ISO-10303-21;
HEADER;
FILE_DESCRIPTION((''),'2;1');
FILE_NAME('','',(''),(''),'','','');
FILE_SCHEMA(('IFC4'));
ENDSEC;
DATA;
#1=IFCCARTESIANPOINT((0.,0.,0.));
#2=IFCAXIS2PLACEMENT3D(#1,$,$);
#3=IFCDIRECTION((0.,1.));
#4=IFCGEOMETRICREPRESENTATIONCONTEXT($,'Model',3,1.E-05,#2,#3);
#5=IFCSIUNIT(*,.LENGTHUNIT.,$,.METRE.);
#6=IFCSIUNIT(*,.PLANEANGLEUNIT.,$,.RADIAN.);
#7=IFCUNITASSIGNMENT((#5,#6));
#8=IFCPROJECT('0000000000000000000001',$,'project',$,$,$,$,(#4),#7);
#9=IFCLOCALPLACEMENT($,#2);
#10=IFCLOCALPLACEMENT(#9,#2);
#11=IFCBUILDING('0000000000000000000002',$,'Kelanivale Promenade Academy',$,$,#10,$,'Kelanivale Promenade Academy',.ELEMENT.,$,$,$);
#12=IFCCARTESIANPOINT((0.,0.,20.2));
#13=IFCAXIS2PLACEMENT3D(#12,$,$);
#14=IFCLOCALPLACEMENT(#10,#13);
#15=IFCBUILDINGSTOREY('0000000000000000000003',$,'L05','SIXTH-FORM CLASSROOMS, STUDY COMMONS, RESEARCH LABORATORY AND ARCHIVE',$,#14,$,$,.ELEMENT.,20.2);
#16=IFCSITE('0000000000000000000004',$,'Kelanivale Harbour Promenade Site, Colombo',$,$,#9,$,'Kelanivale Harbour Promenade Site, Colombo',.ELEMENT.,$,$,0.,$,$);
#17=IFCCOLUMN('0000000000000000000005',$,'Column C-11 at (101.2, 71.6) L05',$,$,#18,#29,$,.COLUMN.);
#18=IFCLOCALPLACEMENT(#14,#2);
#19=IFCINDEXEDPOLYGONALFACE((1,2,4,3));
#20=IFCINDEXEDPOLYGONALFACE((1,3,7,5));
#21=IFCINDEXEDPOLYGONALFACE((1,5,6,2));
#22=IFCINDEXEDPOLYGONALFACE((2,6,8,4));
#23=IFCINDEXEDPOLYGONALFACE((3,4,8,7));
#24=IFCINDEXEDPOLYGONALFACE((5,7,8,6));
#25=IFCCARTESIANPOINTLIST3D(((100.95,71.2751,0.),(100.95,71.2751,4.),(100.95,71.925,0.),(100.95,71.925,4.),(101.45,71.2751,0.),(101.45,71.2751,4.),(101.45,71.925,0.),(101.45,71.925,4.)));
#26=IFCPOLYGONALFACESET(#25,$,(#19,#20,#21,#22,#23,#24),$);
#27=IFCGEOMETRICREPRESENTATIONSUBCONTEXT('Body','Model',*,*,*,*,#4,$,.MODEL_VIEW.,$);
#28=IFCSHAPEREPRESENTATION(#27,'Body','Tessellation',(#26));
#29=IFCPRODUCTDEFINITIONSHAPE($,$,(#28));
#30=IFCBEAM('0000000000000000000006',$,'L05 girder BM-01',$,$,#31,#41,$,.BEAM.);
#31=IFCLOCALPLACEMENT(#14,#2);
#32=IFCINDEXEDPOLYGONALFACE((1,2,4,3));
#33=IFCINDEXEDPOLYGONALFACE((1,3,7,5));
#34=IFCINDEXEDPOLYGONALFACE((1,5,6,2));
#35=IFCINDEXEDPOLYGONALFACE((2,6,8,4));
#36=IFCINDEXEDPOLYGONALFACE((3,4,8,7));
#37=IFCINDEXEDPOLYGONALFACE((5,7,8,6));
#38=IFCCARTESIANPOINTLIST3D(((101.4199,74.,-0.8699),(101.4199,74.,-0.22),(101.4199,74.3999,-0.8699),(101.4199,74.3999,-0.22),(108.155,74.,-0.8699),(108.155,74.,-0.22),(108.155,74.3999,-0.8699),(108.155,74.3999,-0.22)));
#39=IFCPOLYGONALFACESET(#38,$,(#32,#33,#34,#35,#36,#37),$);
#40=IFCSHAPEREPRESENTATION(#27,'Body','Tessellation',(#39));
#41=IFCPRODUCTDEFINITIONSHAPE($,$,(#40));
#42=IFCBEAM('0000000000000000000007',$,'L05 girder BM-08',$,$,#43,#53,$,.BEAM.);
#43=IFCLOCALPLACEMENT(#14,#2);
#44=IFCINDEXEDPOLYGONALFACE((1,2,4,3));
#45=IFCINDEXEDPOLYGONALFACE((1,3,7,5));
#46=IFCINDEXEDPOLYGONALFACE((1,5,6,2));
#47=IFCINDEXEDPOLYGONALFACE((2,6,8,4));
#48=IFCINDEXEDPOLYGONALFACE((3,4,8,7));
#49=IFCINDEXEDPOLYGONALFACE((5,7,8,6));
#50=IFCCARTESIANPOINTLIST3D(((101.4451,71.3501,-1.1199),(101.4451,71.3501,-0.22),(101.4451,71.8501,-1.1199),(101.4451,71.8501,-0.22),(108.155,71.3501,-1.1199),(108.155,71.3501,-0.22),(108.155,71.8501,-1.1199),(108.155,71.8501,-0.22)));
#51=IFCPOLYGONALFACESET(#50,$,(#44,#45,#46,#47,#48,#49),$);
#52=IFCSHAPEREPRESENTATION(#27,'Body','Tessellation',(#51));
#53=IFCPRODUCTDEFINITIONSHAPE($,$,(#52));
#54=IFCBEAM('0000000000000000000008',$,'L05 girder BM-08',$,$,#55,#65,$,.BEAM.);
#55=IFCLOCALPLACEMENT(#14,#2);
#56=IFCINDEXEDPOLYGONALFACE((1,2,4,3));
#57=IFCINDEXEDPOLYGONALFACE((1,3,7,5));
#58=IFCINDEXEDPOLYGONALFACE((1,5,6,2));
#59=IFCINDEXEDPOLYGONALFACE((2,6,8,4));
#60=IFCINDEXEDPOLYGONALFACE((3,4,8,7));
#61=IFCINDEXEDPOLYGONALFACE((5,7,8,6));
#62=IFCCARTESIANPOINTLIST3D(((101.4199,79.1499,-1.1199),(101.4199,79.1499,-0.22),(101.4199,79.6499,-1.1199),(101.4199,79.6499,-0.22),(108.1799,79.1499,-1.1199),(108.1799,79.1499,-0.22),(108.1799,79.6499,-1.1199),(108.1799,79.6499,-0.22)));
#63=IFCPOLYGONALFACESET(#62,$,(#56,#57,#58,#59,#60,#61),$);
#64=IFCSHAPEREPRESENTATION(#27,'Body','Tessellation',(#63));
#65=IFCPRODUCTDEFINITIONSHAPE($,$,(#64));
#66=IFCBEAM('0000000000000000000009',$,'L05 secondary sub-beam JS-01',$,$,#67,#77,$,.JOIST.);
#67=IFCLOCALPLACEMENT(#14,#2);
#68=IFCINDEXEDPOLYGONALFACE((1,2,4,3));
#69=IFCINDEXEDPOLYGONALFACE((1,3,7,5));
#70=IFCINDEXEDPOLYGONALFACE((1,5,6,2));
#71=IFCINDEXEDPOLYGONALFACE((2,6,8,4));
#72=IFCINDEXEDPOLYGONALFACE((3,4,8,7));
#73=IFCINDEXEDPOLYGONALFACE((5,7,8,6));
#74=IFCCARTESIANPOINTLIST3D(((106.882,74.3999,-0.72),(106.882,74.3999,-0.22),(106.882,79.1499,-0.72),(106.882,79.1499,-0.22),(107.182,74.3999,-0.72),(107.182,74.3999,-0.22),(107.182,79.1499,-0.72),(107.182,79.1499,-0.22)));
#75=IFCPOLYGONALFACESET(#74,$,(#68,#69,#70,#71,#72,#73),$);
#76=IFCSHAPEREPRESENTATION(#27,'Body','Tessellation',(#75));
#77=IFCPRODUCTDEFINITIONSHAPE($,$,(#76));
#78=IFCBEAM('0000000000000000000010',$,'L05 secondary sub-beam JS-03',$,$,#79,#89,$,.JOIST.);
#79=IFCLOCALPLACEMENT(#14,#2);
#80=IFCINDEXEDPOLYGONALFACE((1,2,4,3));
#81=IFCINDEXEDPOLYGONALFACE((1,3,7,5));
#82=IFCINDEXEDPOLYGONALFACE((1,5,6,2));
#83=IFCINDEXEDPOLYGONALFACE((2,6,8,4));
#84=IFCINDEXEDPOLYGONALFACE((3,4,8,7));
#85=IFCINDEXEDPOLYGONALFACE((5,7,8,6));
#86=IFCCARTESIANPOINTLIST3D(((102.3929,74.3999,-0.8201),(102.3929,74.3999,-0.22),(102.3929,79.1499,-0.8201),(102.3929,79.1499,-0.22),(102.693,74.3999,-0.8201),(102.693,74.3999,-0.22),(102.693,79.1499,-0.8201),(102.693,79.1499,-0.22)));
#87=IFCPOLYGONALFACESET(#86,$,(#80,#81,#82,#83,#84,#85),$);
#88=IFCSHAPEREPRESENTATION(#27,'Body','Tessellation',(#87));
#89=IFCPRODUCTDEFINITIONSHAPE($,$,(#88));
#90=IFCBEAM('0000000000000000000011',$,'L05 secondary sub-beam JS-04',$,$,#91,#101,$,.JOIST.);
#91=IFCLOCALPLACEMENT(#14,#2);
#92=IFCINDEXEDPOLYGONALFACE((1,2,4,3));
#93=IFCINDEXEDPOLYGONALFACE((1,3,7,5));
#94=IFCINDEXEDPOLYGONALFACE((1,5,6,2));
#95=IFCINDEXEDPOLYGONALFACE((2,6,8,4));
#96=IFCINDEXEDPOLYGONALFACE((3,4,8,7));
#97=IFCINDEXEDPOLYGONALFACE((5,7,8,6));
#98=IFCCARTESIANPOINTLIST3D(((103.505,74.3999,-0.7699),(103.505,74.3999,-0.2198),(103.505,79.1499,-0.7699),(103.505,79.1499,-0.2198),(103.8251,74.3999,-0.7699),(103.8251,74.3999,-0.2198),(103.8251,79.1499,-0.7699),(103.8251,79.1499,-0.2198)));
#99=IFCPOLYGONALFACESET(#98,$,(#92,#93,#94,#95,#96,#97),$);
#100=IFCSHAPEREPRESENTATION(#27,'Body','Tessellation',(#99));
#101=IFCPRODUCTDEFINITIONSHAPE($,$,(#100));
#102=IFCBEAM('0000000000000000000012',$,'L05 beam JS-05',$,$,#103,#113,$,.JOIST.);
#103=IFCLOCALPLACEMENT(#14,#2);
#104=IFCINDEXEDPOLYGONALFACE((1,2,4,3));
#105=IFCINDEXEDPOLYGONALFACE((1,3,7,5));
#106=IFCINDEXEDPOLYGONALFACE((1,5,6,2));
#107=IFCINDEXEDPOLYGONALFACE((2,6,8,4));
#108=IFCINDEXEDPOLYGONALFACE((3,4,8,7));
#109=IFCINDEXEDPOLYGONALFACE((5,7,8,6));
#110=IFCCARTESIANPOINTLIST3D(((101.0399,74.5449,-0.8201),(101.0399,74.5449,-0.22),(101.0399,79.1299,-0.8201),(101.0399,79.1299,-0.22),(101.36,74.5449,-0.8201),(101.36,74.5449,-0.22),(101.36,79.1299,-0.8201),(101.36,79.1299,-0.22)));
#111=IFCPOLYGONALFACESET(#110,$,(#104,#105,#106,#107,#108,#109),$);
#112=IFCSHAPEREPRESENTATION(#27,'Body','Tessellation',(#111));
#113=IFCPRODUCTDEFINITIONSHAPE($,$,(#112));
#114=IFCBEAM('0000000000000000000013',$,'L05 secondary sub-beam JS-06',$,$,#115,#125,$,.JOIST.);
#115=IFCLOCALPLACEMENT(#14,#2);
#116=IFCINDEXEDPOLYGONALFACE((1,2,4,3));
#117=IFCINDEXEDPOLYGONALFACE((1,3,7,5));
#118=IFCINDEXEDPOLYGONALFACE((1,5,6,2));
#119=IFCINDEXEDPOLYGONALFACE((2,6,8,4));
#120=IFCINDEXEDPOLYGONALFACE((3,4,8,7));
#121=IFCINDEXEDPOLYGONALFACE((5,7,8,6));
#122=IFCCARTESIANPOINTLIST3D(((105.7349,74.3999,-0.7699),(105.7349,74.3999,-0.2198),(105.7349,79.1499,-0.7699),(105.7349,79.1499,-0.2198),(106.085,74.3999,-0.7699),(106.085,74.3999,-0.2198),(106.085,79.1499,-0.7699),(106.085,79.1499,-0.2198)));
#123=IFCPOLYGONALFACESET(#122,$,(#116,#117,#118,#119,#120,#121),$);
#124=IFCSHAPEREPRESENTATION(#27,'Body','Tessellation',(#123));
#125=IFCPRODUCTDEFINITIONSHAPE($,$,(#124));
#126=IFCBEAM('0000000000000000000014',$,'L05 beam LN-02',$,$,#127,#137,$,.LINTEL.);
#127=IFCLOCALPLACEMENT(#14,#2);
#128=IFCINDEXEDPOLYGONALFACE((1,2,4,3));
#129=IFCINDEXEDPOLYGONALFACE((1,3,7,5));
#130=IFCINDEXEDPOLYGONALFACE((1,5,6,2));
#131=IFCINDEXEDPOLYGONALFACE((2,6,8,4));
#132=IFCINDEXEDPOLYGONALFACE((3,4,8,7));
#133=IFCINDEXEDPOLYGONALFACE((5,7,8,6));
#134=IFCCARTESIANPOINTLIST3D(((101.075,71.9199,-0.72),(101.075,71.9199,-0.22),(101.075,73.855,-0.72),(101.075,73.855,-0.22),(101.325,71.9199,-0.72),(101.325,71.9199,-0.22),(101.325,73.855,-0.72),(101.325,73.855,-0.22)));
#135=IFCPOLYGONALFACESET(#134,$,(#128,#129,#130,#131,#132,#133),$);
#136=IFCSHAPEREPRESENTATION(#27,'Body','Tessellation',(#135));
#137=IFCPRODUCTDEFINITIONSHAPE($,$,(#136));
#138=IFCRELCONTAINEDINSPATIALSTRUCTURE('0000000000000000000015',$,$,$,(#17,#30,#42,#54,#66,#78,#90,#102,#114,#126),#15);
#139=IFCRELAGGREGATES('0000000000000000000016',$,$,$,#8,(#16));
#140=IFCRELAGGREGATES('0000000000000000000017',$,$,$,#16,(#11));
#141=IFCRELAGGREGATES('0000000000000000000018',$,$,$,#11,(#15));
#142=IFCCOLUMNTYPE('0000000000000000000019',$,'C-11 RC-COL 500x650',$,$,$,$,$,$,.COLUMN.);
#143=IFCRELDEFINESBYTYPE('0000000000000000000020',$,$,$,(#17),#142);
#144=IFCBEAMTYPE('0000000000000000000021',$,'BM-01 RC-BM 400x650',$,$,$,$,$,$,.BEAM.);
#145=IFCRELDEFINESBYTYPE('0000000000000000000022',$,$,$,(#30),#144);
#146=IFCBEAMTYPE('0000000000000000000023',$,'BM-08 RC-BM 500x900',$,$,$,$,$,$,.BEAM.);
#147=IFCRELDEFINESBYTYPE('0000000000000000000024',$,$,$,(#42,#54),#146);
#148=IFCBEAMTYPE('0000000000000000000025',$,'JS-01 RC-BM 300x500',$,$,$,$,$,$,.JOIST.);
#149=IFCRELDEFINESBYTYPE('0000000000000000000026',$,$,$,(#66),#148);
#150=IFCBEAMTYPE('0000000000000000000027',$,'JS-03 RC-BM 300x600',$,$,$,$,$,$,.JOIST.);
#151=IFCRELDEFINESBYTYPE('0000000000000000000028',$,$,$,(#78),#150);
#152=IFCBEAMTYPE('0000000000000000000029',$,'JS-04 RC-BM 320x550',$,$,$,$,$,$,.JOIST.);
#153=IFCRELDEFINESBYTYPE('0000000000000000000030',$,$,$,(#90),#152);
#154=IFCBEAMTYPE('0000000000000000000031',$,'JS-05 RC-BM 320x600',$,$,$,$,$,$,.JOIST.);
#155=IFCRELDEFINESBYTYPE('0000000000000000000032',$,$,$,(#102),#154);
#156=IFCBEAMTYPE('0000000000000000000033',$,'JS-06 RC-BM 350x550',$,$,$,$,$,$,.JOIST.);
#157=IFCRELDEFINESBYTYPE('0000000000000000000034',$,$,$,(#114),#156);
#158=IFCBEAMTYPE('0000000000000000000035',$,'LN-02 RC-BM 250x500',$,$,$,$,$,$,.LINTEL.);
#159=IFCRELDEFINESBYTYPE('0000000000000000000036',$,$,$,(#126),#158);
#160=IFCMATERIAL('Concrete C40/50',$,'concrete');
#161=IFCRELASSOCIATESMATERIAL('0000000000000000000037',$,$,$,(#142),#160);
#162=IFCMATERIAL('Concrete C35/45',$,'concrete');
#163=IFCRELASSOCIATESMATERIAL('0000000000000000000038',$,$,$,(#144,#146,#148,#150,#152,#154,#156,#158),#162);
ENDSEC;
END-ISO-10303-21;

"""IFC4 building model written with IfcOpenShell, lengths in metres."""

from ifc_helpers import new_model, si_unit, direction, frame, origin, origin_2d, place, context, subcontext, project, spatial, rectangle, extrude, material, material_profile, profile_set, type_object, element, save


model = new_model("IFC4")

# Units and contexts
model_context = context("Model", 3, precision=1e-05, world=origin(), true_north=direction((0.0, 1.0)))
body_context = subcontext(model_context, "Body", "Model", "MODEL_VIEW")
ifc_project = project(units=[si_unit("LENGTHUNIT", "METRE"), si_unit("PLANEANGLEUNIT", "RADIAN")], contexts=[model_context])

# Site, building, storey
site_placement = place(None, origin())
site = spatial("IfcSite", under=ifc_project, at=site_placement, Name="Kelanivale Harbour Promenade Site, Colombo", LongName="Kelanivale Harbour Promenade Site, Colombo", CompositionType="ELEMENT", RefElevation=0.0)
building_placement = place(site_placement, origin())
building = spatial("IfcBuilding", under=site, at=building_placement, Name="Kelanivale Promenade Academy", LongName="Kelanivale Promenade Academy", CompositionType="ELEMENT")
storey_placement = place(building_placement, frame((0.0, 0.0, 20.2)))
storey = spatial("IfcBuildingStorey", under=building, at=storey_placement, Name="L05", Description="SIXTH-FORM CLASSROOMS, STUDY COMMONS, RESEARCH LABORATORY AND ARCHIVE", CompositionType="ELEMENT", Elevation=20.2)

# Column
ifc_material_1 = material(Name="Concrete C40/50", Category="concrete")
ifc_material_profile_1 = material_profile(ifc_material_1, rectangle(XDim=0.5, YDim=0.6499, at=origin_2d()), Name="RC-COL 500x650")
ifc_profile_set_1 = profile_set([ifc_material_profile_1], Name="Concrete C40/50")
column_type = type_object("IfcColumnType", Name="C-11 RC-COL 500x650", PredefinedType="COLUMN", material=ifc_profile_set_1)
column_placement = place(storey_placement, frame((101.2, 71.6001, 0.0), z_axis=(0.0, 0.0, 1.0), x_axis=(1.0, 0.0, 0.0)))
element("IfcColumn", 1, at=column_placement, inside=storey, type_object=column_type, Name="Column C-11 at (101.2, 71.6) L05", PredefinedType="COLUMN", context=body_context, shape_type="SweptSolid", body=[
    extrude(rectangle(XDim=0.5, YDim=0.6499, at=origin_2d()), origin(), (0.0, 0.0, 1.0), 4.0),
])

# Beams
ifc_material_2 = material(Name="Concrete C35/45", Category="concrete")
ifc_material_profile_2 = material_profile(ifc_material_2, rectangle(XDim=0.3999, YDim=0.6499, at=origin_2d()), Name="RC-BM 400x650")
ifc_profile_set_2 = profile_set([ifc_material_profile_2], Name="Concrete C35/45")
beam_type_1 = type_object("IfcBeamType", Name="BM-01 RC-BM 400x650", PredefinedType="BEAM", material=ifc_profile_set_2)
beam_1_placement = place(storey_placement, frame((101.4199, 74.2, -0.5449), z_axis=(1.0, 0.0, 0.0), x_axis=(0.0, 1.0, 0.0)))
element("IfcBeam", 2, at=beam_1_placement, inside=storey, type_object=beam_type_1, Name="L05 girder BM-01", PredefinedType="BEAM", context=body_context, shape_type="SweptSolid", body=[
    extrude(rectangle(XDim=0.3999, YDim=0.6499, at=origin_2d()), origin(), (0.0, 0.0, 1.0), 6.7351),
])
ifc_material_profile_3 = material_profile(ifc_material_2, rectangle(XDim=0.5, YDim=0.8999, at=origin_2d()), Name="RC-BM 500x900")
ifc_profile_set_3 = profile_set([ifc_material_profile_3], Name="Concrete C35/45")
beam_type_2 = type_object("IfcBeamType", Name="BM-08 RC-BM 500x900", PredefinedType="BEAM", material=ifc_profile_set_3)
beam_2_placement = place(storey_placement, frame((101.4451, 71.6001, -0.6699), z_axis=(1.0, 0.0, 0.0), x_axis=(0.0, 1.0, 0.0)))
element("IfcBeam", 3, at=beam_2_placement, inside=storey, type_object=beam_type_2, Name="L05 girder BM-08", PredefinedType="BEAM", context=body_context, shape_type="SweptSolid", body=[
    extrude(rectangle(XDim=0.5, YDim=0.8999, at=origin_2d()), origin(), (0.0, 0.0, 1.0), 6.71),
])
beam_3_placement = place(storey_placement, frame((101.4199, 79.3999, -0.6699), z_axis=(1.0, 0.0, 0.0), x_axis=(0.0, 1.0, 0.0)))
element("IfcBeam", 4, at=beam_3_placement, inside=storey, type_object=beam_type_2, Name="L05 girder BM-08", PredefinedType="BEAM", context=body_context, shape_type="SweptSolid", body=[
    extrude(rectangle(XDim=0.5, YDim=0.8999, at=origin_2d()), origin(), (0.0, 0.0, 1.0), 6.76),
])
ifc_material_profile_4 = material_profile(ifc_material_2, rectangle(XDim=0.3, YDim=0.5, at=origin_2d()), Name="RC-BM 300x500")
ifc_profile_set_4 = profile_set([ifc_material_profile_4], Name="Concrete C35/45")
beam_type_3 = type_object("IfcBeamType", Name="JS-01 RC-BM 300x500", PredefinedType="JOIST", material=ifc_profile_set_4)
beam_4_placement = place(storey_placement, frame((107.032, 74.3999, -0.47), z_axis=(0.0, 1.0, 0.0), x_axis=(-1.0, 0.0, 0.0)))
element("IfcBeam", 5, at=beam_4_placement, inside=storey, type_object=beam_type_3, Name="L05 secondary sub-beam JS-01", PredefinedType="JOIST", context=body_context, shape_type="SweptSolid", body=[
    extrude(rectangle(XDim=0.3, YDim=0.5, at=origin_2d()), origin(), (0.0, 0.0, 1.0), 4.75),
])
ifc_material_profile_5 = material_profile(ifc_material_2, rectangle(XDim=0.3, YDim=0.6001, at=origin_2d()), Name="RC-BM 300x600")
ifc_profile_set_5 = profile_set([ifc_material_profile_5], Name="Concrete C35/45")
beam_type_4 = type_object("IfcBeamType", Name="JS-03 RC-BM 300x600", PredefinedType="JOIST", material=ifc_profile_set_5)
beam_5_placement = place(storey_placement, frame((102.543, 74.3999, -0.52), z_axis=(0.0, 1.0, 0.0), x_axis=(-1.0, 0.0, 0.0)))
element("IfcBeam", 6, at=beam_5_placement, inside=storey, type_object=beam_type_4, Name="L05 secondary sub-beam JS-03", PredefinedType="JOIST", context=body_context, shape_type="SweptSolid", body=[
    extrude(rectangle(XDim=0.3, YDim=0.6001, at=origin_2d()), origin(), (0.0, 0.0, 1.0), 4.75),
])
ifc_material_profile_6 = material_profile(ifc_material_2, rectangle(XDim=0.3201, YDim=0.55, at=origin_2d()), Name="RC-BM 320x550")
ifc_profile_set_6 = profile_set([ifc_material_profile_6], Name="Concrete C35/45")
beam_type_5 = type_object("IfcBeamType", Name="JS-04 RC-BM 320x550", PredefinedType="JOIST", material=ifc_profile_set_6)
beam_6_placement = place(storey_placement, frame((103.665, 74.3999, -0.4949), z_axis=(0.0, 1.0, 0.0), x_axis=(-1.0, 0.0, 0.0)))
element("IfcBeam", 7, at=beam_6_placement, inside=storey, type_object=beam_type_5, Name="L05 secondary sub-beam JS-04", PredefinedType="JOIST", context=body_context, shape_type="SweptSolid", body=[
    extrude(rectangle(XDim=0.3201, YDim=0.55, at=origin_2d()), origin(), (0.0, 0.0, 1.0), 4.75),
])
ifc_material_profile_7 = material_profile(ifc_material_2, rectangle(XDim=0.3201, YDim=0.6001, at=origin_2d()), Name="RC-BM 320x600")
ifc_profile_set_7 = profile_set([ifc_material_profile_7], Name="Concrete C35/45")
beam_type_6 = type_object("IfcBeamType", Name="JS-05 RC-BM 320x600", PredefinedType="JOIST", material=ifc_profile_set_7)
beam_7_placement = place(storey_placement, frame((101.2, 74.5449, -0.52), z_axis=(0.0, 1.0, 0.0), x_axis=(-1.0, 0.0, 0.0)))
element("IfcBeam", 8, at=beam_7_placement, inside=storey, type_object=beam_type_6, Name="L05 beam JS-05", PredefinedType="JOIST", context=body_context, shape_type="SweptSolid", body=[
    extrude(rectangle(XDim=0.3201, YDim=0.6001, at=origin_2d()), origin(), (0.0, 0.0, 1.0), 4.585),
])
ifc_material_profile_8 = material_profile(ifc_material_2, rectangle(XDim=0.3501, YDim=0.55, at=origin_2d()), Name="RC-BM 350x550")
ifc_profile_set_8 = profile_set([ifc_material_profile_8], Name="Concrete C35/45")
beam_type_7 = type_object("IfcBeamType", Name="JS-06 RC-BM 350x550", PredefinedType="JOIST", material=ifc_profile_set_8)
beam_8_placement = place(storey_placement, frame((105.9099, 74.3999, -0.4949), z_axis=(0.0, 1.0, 0.0), x_axis=(-1.0, 0.0, 0.0)))
element("IfcBeam", 9, at=beam_8_placement, inside=storey, type_object=beam_type_7, Name="L05 secondary sub-beam JS-06", PredefinedType="JOIST", context=body_context, shape_type="SweptSolid", body=[
    extrude(rectangle(XDim=0.3501, YDim=0.55, at=origin_2d()), origin(), (0.0, 0.0, 1.0), 4.75),
])
ifc_material_profile_9 = material_profile(ifc_material_2, rectangle(XDim=0.25, YDim=0.5, at=origin_2d()), Name="RC-BM 250x500")
ifc_profile_set_9 = profile_set([ifc_material_profile_9], Name="Concrete C35/45")
beam_type_8 = type_object("IfcBeamType", Name="LN-02 RC-BM 250x500", PredefinedType="LINTEL", material=ifc_profile_set_9)
beam_9_placement = place(storey_placement, frame((101.2, 71.9199, -0.47), z_axis=(0.0, 1.0, 0.0), x_axis=(-1.0, 0.0, 0.0)))
element("IfcBeam", 10, at=beam_9_placement, inside=storey, type_object=beam_type_8, Name="L05 beam LN-02", PredefinedType="LINTEL", context=body_context, shape_type="SweptSolid", body=[
    extrude(rectangle(XDim=0.25, YDim=0.5, at=origin_2d()), origin(), (0.0, 0.0, 1.0), 1.9351),
])

save(model, "model.ifc")
